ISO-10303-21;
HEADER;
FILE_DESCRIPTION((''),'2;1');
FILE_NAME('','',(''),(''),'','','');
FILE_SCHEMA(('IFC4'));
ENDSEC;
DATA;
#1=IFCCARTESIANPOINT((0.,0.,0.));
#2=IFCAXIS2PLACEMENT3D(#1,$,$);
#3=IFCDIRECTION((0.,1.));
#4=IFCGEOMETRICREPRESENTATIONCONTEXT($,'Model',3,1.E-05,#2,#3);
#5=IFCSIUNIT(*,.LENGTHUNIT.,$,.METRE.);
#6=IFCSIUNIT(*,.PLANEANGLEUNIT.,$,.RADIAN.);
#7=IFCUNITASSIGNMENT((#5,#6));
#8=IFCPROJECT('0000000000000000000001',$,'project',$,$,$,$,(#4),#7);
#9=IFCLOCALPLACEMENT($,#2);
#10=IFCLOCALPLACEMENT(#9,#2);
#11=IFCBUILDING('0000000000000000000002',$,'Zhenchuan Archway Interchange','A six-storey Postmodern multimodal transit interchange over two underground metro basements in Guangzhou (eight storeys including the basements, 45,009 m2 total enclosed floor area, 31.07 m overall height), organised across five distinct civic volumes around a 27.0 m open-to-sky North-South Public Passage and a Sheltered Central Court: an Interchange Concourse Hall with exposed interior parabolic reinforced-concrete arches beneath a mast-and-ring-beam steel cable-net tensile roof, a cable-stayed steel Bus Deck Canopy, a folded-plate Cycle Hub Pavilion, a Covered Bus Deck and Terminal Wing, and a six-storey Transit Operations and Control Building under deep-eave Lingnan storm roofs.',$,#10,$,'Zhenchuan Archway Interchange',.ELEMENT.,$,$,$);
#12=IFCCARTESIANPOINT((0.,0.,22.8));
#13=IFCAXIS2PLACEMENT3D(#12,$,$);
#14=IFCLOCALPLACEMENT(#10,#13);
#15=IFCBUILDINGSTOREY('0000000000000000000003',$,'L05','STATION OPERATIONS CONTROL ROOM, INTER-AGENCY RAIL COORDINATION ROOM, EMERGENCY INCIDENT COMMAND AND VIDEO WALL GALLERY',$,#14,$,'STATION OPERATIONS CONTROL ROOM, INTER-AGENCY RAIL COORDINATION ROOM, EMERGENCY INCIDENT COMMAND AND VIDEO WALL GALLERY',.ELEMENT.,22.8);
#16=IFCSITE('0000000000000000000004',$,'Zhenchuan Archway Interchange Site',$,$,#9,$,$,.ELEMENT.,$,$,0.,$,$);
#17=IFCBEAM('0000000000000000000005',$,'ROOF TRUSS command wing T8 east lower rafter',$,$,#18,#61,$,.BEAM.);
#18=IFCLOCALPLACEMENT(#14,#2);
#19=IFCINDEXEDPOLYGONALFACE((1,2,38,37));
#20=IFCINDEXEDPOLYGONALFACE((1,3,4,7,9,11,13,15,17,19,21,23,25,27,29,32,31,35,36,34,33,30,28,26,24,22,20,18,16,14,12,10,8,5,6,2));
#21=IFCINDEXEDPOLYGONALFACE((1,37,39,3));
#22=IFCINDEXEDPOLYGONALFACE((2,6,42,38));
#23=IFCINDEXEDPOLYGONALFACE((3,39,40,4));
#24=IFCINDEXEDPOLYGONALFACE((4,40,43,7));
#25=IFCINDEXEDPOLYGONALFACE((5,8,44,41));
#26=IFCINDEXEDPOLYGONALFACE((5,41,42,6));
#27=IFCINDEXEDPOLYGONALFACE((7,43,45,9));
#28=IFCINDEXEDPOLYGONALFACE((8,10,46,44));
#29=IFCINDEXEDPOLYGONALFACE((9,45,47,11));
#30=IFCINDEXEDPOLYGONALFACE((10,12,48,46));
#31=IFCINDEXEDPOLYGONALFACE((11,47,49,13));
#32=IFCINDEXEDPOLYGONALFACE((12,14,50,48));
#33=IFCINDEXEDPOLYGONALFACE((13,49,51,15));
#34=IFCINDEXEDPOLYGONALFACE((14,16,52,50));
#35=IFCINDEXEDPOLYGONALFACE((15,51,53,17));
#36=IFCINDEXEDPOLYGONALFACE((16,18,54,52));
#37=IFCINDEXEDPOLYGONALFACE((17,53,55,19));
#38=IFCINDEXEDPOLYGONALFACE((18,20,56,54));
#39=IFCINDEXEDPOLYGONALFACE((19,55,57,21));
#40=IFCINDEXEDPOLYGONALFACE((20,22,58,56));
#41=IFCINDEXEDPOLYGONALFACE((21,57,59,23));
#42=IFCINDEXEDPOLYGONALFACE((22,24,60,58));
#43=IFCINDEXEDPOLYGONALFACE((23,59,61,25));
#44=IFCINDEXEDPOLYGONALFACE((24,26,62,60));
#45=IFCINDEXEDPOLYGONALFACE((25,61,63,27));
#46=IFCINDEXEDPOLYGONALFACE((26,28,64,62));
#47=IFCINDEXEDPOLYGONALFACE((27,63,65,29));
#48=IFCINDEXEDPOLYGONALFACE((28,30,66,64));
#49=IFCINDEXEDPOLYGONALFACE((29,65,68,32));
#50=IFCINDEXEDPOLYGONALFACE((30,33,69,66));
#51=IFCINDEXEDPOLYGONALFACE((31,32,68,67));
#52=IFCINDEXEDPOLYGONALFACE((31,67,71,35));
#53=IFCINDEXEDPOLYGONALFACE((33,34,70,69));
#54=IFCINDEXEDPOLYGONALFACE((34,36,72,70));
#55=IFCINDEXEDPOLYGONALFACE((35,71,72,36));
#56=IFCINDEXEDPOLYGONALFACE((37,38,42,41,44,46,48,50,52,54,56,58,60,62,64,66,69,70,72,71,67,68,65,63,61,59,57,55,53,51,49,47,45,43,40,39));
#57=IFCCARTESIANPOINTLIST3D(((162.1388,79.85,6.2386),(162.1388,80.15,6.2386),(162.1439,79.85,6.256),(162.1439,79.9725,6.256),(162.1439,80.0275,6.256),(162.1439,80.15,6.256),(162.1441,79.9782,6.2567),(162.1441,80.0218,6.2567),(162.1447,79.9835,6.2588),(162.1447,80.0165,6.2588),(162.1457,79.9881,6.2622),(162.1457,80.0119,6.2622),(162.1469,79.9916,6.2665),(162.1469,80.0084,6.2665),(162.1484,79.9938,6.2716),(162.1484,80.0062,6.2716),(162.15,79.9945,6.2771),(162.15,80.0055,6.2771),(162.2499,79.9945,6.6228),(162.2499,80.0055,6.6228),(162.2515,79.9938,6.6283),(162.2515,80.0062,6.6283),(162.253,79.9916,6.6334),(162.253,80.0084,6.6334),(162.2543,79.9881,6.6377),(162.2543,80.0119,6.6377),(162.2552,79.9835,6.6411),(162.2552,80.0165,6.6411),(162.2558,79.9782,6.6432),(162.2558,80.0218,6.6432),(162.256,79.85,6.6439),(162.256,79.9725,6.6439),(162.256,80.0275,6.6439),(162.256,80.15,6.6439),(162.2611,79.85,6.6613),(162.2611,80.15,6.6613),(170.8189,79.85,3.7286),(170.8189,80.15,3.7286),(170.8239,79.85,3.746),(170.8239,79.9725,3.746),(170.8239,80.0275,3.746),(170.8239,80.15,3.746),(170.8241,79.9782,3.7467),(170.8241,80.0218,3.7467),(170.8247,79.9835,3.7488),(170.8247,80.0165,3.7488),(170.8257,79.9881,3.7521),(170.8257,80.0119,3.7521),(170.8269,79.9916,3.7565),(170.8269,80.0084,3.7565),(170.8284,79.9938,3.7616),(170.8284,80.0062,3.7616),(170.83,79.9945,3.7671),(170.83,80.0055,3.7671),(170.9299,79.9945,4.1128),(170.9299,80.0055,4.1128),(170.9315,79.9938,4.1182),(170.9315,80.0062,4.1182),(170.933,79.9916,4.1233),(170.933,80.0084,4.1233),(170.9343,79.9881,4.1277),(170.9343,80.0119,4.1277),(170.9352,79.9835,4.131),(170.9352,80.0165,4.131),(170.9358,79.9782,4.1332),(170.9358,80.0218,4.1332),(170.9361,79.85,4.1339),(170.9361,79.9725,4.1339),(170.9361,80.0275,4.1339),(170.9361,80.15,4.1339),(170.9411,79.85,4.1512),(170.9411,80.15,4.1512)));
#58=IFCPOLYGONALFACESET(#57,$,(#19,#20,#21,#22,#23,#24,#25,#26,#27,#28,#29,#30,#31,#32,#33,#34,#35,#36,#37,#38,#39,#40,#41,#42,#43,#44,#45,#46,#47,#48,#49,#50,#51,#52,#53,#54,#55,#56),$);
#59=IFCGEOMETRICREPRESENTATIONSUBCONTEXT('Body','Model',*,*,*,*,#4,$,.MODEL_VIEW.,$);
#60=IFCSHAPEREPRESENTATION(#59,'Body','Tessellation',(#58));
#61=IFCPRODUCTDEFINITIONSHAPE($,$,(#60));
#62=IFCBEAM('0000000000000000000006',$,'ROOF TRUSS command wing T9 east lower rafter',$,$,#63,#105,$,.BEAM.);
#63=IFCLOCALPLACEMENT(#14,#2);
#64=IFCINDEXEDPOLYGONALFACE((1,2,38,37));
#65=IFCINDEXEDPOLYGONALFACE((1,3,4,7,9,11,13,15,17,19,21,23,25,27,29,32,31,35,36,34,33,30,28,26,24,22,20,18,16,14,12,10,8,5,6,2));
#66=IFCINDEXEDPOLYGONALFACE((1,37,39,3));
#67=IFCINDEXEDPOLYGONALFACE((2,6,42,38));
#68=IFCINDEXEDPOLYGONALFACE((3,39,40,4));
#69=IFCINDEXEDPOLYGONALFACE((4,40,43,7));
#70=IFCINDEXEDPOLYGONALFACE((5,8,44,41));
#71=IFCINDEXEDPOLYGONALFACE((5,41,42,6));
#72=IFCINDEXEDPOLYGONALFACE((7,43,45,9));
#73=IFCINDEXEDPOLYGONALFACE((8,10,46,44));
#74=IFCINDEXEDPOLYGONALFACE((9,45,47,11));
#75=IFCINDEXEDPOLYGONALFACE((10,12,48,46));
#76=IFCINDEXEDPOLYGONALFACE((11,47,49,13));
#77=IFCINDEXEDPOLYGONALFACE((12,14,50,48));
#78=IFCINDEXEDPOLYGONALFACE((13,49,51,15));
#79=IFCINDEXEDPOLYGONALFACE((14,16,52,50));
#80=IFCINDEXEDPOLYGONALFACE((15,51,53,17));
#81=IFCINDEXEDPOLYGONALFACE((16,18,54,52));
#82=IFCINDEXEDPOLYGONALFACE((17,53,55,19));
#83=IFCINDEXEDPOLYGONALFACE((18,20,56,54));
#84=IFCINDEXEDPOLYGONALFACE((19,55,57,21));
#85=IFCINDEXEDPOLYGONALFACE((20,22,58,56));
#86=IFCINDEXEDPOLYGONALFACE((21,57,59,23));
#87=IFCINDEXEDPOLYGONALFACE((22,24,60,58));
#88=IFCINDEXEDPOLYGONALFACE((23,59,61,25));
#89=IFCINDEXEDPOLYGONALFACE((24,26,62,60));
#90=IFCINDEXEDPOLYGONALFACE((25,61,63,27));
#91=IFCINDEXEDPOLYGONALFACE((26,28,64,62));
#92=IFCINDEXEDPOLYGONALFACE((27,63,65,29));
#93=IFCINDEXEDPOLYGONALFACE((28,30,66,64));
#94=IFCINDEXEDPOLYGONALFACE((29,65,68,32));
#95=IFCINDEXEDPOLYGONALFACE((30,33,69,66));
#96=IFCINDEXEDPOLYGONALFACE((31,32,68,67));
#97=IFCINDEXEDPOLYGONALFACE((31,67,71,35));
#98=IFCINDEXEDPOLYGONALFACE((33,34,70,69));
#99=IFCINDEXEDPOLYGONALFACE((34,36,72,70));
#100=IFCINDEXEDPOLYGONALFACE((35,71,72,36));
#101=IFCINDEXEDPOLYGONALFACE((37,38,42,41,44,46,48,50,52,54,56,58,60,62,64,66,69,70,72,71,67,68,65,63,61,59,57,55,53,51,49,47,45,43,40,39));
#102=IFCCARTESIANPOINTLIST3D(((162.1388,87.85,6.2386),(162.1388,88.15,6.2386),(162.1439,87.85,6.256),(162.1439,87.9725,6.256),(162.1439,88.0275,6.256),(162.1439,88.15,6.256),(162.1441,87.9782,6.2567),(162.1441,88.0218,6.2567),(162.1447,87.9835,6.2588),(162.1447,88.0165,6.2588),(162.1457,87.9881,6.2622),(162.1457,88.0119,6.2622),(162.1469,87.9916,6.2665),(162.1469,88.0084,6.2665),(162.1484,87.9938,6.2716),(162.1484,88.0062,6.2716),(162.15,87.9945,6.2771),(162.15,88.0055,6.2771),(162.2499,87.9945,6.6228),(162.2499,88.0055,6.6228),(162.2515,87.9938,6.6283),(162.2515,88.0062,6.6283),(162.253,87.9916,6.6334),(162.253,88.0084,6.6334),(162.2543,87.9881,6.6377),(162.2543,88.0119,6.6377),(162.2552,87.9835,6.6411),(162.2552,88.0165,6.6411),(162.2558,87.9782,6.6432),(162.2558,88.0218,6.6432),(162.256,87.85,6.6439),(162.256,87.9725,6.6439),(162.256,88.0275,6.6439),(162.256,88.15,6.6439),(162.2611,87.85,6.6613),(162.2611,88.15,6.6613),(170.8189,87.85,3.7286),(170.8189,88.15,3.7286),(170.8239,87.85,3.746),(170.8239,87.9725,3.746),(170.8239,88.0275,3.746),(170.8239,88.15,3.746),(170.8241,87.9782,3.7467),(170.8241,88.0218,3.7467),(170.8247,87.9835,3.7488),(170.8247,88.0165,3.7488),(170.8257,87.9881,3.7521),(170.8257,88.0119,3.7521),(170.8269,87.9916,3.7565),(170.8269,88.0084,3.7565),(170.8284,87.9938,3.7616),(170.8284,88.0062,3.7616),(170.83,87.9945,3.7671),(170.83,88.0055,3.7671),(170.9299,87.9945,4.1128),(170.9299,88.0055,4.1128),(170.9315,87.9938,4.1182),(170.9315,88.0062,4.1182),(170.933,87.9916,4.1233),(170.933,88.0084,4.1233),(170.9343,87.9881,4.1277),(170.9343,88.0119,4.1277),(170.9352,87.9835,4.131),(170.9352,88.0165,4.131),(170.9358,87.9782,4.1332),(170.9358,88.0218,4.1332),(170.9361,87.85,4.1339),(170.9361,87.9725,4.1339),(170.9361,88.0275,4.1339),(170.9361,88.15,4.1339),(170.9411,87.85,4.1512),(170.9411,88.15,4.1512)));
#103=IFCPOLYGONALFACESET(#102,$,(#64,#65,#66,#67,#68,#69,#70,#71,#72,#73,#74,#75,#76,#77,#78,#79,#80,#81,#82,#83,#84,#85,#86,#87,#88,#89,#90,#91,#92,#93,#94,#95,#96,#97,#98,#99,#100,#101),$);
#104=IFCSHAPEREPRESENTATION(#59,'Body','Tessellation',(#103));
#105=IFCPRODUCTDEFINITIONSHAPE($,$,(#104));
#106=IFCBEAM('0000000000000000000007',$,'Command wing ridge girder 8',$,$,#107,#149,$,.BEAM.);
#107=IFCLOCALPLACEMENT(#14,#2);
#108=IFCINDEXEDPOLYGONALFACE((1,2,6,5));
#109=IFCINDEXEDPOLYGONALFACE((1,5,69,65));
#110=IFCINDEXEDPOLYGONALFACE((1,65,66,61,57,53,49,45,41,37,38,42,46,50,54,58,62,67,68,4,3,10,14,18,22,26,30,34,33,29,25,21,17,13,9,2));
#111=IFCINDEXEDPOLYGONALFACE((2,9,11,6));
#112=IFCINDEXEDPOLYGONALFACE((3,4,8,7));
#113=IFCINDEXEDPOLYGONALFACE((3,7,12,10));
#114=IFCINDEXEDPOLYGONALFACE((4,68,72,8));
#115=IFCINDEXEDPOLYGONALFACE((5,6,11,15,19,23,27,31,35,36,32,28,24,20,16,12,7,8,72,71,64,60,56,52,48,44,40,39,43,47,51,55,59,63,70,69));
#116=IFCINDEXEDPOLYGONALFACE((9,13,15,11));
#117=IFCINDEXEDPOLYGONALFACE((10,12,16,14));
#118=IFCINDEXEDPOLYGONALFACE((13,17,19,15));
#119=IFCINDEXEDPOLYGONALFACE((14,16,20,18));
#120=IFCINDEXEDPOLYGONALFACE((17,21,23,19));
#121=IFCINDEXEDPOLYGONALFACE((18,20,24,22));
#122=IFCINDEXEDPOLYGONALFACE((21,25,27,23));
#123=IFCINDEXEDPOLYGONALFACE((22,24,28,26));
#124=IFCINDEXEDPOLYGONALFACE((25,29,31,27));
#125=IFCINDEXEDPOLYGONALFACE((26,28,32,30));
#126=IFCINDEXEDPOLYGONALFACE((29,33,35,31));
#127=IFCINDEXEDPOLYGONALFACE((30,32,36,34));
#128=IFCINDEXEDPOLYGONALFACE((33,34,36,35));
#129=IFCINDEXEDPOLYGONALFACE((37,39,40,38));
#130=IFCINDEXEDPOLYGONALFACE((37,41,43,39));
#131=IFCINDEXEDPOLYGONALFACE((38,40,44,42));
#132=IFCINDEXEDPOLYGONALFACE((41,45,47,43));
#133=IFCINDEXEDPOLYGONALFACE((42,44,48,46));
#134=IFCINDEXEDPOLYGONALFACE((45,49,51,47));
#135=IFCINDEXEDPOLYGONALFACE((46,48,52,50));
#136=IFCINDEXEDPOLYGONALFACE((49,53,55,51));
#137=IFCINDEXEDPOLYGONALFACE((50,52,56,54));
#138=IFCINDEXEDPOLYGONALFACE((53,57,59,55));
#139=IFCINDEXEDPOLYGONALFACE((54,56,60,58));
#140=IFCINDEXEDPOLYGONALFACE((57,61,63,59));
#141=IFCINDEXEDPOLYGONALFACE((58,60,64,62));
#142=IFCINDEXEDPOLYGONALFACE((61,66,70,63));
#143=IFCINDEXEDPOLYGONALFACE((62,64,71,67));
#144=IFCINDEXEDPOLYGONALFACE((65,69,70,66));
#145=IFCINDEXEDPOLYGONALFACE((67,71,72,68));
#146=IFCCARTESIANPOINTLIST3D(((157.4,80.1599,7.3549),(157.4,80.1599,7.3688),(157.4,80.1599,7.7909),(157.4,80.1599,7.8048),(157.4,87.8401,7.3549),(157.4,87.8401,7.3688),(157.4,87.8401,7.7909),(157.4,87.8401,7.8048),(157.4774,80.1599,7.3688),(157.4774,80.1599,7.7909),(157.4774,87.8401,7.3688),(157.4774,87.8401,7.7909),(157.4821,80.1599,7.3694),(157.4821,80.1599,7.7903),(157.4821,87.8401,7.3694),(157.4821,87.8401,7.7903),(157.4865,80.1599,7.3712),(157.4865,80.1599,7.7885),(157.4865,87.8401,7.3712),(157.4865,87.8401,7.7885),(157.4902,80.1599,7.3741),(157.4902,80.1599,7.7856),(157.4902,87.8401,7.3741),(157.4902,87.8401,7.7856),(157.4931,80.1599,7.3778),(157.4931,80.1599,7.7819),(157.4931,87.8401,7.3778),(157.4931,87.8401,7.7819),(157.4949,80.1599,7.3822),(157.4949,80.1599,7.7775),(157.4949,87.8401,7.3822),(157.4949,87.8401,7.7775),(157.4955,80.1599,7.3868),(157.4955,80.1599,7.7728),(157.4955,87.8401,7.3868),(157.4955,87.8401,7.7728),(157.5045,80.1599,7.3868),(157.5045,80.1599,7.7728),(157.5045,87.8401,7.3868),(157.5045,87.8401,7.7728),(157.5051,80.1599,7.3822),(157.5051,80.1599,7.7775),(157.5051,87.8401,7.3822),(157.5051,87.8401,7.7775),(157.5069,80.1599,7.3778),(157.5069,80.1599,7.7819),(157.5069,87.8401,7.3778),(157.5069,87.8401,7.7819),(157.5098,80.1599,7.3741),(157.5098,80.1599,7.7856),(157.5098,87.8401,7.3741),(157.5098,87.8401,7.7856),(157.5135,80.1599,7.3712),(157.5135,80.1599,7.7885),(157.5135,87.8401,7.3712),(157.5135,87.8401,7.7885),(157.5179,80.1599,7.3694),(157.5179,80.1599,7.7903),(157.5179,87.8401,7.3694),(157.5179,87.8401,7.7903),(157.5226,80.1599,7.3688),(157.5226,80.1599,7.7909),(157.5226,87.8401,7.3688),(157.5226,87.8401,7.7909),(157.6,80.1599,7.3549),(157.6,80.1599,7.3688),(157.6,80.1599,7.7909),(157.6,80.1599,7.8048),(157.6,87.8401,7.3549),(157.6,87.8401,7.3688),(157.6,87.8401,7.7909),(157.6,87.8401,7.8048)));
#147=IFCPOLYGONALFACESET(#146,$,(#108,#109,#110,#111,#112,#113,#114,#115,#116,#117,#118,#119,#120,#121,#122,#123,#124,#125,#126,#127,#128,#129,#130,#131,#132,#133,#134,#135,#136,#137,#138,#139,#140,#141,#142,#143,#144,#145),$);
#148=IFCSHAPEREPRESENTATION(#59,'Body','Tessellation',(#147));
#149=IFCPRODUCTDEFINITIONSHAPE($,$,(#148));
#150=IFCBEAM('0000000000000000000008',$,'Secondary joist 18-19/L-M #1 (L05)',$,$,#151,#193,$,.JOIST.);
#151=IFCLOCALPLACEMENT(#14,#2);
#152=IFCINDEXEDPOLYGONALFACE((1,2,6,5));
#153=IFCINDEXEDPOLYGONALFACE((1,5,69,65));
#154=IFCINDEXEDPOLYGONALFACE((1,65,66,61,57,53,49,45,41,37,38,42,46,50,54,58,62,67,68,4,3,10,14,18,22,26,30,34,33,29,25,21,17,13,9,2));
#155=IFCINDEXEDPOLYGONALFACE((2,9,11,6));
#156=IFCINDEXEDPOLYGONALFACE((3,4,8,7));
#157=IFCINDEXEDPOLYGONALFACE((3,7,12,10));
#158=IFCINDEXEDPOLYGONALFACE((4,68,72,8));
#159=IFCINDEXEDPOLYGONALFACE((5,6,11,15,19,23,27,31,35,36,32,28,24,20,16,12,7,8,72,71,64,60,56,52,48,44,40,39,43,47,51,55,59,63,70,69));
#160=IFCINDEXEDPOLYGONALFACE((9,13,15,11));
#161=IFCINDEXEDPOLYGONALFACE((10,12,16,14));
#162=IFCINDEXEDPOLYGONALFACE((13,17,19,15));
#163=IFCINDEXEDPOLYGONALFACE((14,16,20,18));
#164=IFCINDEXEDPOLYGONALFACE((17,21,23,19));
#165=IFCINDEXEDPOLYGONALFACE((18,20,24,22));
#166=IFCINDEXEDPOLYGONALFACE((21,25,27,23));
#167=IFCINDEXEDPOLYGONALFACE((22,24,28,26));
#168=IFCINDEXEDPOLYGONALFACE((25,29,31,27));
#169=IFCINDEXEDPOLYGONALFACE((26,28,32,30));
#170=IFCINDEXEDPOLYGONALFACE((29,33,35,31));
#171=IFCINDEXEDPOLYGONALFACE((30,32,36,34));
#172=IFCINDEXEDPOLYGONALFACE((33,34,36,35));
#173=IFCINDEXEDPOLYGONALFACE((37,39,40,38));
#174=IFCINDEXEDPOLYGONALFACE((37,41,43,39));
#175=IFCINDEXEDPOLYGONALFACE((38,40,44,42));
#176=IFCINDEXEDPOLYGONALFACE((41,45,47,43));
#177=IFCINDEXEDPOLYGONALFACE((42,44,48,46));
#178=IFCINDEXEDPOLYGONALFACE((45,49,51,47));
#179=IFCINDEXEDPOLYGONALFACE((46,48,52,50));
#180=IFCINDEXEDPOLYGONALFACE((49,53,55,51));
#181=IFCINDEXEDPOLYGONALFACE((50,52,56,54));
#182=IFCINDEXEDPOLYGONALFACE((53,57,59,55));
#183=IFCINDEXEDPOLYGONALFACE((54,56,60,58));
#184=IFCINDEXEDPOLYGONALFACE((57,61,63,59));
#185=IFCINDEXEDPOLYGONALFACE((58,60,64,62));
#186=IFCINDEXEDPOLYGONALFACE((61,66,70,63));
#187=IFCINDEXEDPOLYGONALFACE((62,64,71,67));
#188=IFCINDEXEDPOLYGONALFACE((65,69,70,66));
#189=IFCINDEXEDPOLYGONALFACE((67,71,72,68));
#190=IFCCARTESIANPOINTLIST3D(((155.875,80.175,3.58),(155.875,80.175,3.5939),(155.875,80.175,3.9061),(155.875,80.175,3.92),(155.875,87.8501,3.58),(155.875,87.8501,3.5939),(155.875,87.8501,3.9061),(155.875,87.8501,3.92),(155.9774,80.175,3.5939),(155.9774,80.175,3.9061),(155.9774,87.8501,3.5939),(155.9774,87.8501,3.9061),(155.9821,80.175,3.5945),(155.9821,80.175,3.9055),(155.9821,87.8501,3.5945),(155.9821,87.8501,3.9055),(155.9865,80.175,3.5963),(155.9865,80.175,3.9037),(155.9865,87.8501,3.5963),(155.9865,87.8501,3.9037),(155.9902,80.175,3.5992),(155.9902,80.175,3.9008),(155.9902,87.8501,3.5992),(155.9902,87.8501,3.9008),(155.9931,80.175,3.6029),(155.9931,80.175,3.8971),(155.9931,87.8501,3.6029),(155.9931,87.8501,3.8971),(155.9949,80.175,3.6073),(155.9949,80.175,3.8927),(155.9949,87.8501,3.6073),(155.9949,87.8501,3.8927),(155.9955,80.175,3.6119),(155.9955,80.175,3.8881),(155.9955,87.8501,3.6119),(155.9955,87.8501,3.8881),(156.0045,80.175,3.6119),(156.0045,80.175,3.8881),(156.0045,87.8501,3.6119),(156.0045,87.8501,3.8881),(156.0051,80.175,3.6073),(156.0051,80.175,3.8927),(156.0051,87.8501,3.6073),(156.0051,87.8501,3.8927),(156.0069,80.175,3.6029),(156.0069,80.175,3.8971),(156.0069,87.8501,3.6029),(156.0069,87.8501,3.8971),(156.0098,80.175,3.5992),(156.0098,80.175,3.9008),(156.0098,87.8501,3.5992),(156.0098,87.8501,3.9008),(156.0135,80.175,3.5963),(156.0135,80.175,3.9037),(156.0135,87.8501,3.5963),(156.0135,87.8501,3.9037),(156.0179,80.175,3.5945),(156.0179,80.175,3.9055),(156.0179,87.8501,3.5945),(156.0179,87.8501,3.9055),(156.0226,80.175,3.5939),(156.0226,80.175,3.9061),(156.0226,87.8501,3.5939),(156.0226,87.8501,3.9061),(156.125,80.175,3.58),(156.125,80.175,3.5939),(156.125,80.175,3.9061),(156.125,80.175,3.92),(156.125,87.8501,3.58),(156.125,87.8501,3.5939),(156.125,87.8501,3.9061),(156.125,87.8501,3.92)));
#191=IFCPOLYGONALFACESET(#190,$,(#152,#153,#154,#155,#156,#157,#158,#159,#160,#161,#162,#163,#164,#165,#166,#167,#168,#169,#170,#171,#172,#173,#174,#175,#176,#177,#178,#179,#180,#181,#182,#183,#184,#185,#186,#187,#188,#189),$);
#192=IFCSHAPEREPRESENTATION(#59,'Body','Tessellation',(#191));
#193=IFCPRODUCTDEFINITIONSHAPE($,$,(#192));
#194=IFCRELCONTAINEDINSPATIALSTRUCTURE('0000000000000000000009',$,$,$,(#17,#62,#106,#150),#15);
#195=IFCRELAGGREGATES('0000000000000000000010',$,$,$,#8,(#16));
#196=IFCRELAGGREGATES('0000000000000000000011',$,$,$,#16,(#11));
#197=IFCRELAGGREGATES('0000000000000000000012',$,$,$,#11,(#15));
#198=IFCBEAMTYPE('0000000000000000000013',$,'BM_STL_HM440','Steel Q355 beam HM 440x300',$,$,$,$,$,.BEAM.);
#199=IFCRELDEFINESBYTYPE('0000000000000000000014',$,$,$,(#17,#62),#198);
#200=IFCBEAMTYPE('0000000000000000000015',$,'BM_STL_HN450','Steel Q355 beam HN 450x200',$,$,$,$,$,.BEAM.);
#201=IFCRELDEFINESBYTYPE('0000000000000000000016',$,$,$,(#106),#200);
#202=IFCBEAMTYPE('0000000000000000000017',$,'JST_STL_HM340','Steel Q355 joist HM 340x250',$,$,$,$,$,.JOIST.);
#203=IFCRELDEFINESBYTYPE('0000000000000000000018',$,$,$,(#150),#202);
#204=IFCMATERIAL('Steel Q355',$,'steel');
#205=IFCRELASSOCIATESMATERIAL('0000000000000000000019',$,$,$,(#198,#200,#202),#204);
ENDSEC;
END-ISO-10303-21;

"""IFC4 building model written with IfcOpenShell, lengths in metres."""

from ifc_helpers import new_model, si_unit, direction, frame, origin, origin_2d, place, context, subcontext, project, spatial, i_section, extrude, material, material_profile, profile_set, type_object, element, save


model = new_model("IFC4")

# Units and contexts
model_context = context("Model", 3, precision=1e-05, world=origin(), true_north=direction((0.0, 1.0)))
body_context = subcontext(model_context, "Body", "Model", "MODEL_VIEW")
ifc_project = project(units=[si_unit("LENGTHUNIT", "METRE"), si_unit("PLANEANGLEUNIT", "RADIAN")], contexts=[model_context])

# Site, building, storey
site_placement = place(None, origin())
site = spatial("IfcSite", under=ifc_project, at=site_placement, Name="Zhenchuan Archway Interchange Site", CompositionType="ELEMENT", RefElevation=0.0)
building_placement = place(site_placement, origin())
building = spatial("IfcBuilding", under=site, at=building_placement, Name="Zhenchuan Archway Interchange", Description="A six-storey Postmodern multimodal transit interchange over two underground metro basements in Guangzhou (eight storeys including the basements, 45,009 m2 total enclosed floor area, 31.07 m overall height), organised across five distinct civic volumes around a 27.0 m open-to-sky North-South Public Passage and a Sheltered Central Court: an Interchange Concourse Hall with exposed interior parabolic reinforced-concrete arches beneath a mast-and-ring-beam steel cable-net tensile roof, a cable-stayed steel Bus Deck Canopy, a folded-plate Cycle Hub Pavilion, a Covered Bus Deck and Terminal Wing, and a six-storey Transit Operations and Control Building under deep-eave Lingnan storm roofs.", LongName="Zhenchuan Archway Interchange", CompositionType="ELEMENT")
storey_placement = place(building_placement, frame((0.0, 0.0, 22.8)))
storey = spatial("IfcBuildingStorey", under=building, at=storey_placement, Name="L05", Description="STATION OPERATIONS CONTROL ROOM, INTER-AGENCY RAIL COORDINATION ROOM, EMERGENCY INCIDENT COMMAND AND VIDEO WALL GALLERY", LongName="STATION OPERATIONS CONTROL ROOM, INTER-AGENCY RAIL COORDINATION ROOM, EMERGENCY INCIDENT COMMAND AND VIDEO WALL GALLERY", CompositionType="ELEMENT", Elevation=22.8)

# Beams
ifc_material_1 = material(Name="Steel Q355", Category="steel")
ifc_material_profile_1 = material_profile(ifc_material_1, i_section(OverallWidth=0.3, OverallDepth=0.4399, WebThickness=0.011, FlangeThickness=0.0181, FilletRadius=0.022, at=origin_2d()), Name="HM 440x300")
ifc_profile_set_1 = profile_set([ifc_material_profile_1], Name="Steel Q355")
beam_type_1 = type_object("IfcBeamType", Name="BM_STL_HM440", Description="Steel Q355 beam HM 440x300", PredefinedType="BEAM", material=ifc_profile_set_1)
for number, where, z_axis, x_axis, name in (
    (1, (162.2, 80.0, 6.45), (0.960641, 0.0, -0.277792), (0.0, 1.0, 0.0), "ROOF TRUSS command wing T8 east lower rafter"),
    (2, (162.2, 88.0, 6.45), (0.960641, 0.0, -0.277792), (0.0, 1.0, 0.0), "ROOF TRUSS command wing T9 east lower rafter"),
):
    element("IfcBeam", number, at=place(storey_placement, frame(where, z_axis=z_axis, x_axis=x_axis)), inside=storey, type_object=beam_type_1, Name=name, PredefinedType="BEAM", context=body_context, shape_type="SweptSolid", body=[
        extrude(i_section(OverallWidth=0.3, OverallDepth=0.4399, WebThickness=0.011, FlangeThickness=0.0181, FilletRadius=0.022, at=origin_2d()), origin(), (0.0, 0.0, 1.0), 9.0356),
    ])
ifc_material_profile_2 = material_profile(ifc_material_1, i_section(OverallWidth=0.2, OverallDepth=0.45, WebThickness=0.009, FlangeThickness=0.0139, FilletRadius=0.0181, at=origin_2d()), Name="HN 450x200")
ifc_profile_set_2 = profile_set([ifc_material_profile_2], Name="Steel Q355")
beam_type_2 = type_object("IfcBeamType", Name="BM_STL_HN450", Description="Steel Q355 beam HN 450x200", PredefinedType="BEAM", material=ifc_profile_set_2)
beam_1_placement = place(storey_placement, frame((157.5, 80.1599, 7.5798), z_axis=(0.0, 1.0, 0.0), x_axis=(-1.0, 0.0, 0.0)))
element("IfcBeam", 3, at=beam_1_placement, inside=storey, type_object=beam_type_2, Name="Command wing ridge girder 8", PredefinedType="BEAM", context=body_context, shape_type="SweptSolid", body=[
    extrude(i_section(OverallWidth=0.2, OverallDepth=0.45, WebThickness=0.009, FlangeThickness=0.0139, FilletRadius=0.0181, at=origin_2d()), origin(), (0.0, 0.0, 1.0), 7.6802),
])
ifc_material_profile_3 = material_profile(ifc_material_1, i_section(OverallWidth=0.25, OverallDepth=0.3401, WebThickness=0.009, FlangeThickness=0.0139, FilletRadius=0.0181, at=origin_2d()), Name="HM 340x250")
ifc_profile_set_3 = profile_set([ifc_material_profile_3], Name="Steel Q355")
beam_type_3 = type_object("IfcBeamType", Name="JST_STL_HM340", Description="Steel Q355 joist HM 340x250", PredefinedType="JOIST", material=ifc_profile_set_3)
for number, where, z_axis, x_axis, name in (
    (4, (156.0, 80.175, 3.75), (0.0, 1.0, 0.0), (-1.0, 0.0, 0.0), "Secondary joist 18-19/L-M #1 (L05)"),
):
    element("IfcBeam", number, at=place(storey_placement, frame(where, z_axis=z_axis, x_axis=x_axis)), inside=storey, type_object=beam_type_3, Name=name, PredefinedType="JOIST", context=body_context, shape_type="SweptSolid", body=[
        extrude(i_section(OverallWidth=0.25, OverallDepth=0.3401, WebThickness=0.009, FlangeThickness=0.0139, FilletRadius=0.0181, at=origin_2d()), origin(), (0.0, 0.0, 1.0), 7.675),
    ])

save(model, "model.ifc")
